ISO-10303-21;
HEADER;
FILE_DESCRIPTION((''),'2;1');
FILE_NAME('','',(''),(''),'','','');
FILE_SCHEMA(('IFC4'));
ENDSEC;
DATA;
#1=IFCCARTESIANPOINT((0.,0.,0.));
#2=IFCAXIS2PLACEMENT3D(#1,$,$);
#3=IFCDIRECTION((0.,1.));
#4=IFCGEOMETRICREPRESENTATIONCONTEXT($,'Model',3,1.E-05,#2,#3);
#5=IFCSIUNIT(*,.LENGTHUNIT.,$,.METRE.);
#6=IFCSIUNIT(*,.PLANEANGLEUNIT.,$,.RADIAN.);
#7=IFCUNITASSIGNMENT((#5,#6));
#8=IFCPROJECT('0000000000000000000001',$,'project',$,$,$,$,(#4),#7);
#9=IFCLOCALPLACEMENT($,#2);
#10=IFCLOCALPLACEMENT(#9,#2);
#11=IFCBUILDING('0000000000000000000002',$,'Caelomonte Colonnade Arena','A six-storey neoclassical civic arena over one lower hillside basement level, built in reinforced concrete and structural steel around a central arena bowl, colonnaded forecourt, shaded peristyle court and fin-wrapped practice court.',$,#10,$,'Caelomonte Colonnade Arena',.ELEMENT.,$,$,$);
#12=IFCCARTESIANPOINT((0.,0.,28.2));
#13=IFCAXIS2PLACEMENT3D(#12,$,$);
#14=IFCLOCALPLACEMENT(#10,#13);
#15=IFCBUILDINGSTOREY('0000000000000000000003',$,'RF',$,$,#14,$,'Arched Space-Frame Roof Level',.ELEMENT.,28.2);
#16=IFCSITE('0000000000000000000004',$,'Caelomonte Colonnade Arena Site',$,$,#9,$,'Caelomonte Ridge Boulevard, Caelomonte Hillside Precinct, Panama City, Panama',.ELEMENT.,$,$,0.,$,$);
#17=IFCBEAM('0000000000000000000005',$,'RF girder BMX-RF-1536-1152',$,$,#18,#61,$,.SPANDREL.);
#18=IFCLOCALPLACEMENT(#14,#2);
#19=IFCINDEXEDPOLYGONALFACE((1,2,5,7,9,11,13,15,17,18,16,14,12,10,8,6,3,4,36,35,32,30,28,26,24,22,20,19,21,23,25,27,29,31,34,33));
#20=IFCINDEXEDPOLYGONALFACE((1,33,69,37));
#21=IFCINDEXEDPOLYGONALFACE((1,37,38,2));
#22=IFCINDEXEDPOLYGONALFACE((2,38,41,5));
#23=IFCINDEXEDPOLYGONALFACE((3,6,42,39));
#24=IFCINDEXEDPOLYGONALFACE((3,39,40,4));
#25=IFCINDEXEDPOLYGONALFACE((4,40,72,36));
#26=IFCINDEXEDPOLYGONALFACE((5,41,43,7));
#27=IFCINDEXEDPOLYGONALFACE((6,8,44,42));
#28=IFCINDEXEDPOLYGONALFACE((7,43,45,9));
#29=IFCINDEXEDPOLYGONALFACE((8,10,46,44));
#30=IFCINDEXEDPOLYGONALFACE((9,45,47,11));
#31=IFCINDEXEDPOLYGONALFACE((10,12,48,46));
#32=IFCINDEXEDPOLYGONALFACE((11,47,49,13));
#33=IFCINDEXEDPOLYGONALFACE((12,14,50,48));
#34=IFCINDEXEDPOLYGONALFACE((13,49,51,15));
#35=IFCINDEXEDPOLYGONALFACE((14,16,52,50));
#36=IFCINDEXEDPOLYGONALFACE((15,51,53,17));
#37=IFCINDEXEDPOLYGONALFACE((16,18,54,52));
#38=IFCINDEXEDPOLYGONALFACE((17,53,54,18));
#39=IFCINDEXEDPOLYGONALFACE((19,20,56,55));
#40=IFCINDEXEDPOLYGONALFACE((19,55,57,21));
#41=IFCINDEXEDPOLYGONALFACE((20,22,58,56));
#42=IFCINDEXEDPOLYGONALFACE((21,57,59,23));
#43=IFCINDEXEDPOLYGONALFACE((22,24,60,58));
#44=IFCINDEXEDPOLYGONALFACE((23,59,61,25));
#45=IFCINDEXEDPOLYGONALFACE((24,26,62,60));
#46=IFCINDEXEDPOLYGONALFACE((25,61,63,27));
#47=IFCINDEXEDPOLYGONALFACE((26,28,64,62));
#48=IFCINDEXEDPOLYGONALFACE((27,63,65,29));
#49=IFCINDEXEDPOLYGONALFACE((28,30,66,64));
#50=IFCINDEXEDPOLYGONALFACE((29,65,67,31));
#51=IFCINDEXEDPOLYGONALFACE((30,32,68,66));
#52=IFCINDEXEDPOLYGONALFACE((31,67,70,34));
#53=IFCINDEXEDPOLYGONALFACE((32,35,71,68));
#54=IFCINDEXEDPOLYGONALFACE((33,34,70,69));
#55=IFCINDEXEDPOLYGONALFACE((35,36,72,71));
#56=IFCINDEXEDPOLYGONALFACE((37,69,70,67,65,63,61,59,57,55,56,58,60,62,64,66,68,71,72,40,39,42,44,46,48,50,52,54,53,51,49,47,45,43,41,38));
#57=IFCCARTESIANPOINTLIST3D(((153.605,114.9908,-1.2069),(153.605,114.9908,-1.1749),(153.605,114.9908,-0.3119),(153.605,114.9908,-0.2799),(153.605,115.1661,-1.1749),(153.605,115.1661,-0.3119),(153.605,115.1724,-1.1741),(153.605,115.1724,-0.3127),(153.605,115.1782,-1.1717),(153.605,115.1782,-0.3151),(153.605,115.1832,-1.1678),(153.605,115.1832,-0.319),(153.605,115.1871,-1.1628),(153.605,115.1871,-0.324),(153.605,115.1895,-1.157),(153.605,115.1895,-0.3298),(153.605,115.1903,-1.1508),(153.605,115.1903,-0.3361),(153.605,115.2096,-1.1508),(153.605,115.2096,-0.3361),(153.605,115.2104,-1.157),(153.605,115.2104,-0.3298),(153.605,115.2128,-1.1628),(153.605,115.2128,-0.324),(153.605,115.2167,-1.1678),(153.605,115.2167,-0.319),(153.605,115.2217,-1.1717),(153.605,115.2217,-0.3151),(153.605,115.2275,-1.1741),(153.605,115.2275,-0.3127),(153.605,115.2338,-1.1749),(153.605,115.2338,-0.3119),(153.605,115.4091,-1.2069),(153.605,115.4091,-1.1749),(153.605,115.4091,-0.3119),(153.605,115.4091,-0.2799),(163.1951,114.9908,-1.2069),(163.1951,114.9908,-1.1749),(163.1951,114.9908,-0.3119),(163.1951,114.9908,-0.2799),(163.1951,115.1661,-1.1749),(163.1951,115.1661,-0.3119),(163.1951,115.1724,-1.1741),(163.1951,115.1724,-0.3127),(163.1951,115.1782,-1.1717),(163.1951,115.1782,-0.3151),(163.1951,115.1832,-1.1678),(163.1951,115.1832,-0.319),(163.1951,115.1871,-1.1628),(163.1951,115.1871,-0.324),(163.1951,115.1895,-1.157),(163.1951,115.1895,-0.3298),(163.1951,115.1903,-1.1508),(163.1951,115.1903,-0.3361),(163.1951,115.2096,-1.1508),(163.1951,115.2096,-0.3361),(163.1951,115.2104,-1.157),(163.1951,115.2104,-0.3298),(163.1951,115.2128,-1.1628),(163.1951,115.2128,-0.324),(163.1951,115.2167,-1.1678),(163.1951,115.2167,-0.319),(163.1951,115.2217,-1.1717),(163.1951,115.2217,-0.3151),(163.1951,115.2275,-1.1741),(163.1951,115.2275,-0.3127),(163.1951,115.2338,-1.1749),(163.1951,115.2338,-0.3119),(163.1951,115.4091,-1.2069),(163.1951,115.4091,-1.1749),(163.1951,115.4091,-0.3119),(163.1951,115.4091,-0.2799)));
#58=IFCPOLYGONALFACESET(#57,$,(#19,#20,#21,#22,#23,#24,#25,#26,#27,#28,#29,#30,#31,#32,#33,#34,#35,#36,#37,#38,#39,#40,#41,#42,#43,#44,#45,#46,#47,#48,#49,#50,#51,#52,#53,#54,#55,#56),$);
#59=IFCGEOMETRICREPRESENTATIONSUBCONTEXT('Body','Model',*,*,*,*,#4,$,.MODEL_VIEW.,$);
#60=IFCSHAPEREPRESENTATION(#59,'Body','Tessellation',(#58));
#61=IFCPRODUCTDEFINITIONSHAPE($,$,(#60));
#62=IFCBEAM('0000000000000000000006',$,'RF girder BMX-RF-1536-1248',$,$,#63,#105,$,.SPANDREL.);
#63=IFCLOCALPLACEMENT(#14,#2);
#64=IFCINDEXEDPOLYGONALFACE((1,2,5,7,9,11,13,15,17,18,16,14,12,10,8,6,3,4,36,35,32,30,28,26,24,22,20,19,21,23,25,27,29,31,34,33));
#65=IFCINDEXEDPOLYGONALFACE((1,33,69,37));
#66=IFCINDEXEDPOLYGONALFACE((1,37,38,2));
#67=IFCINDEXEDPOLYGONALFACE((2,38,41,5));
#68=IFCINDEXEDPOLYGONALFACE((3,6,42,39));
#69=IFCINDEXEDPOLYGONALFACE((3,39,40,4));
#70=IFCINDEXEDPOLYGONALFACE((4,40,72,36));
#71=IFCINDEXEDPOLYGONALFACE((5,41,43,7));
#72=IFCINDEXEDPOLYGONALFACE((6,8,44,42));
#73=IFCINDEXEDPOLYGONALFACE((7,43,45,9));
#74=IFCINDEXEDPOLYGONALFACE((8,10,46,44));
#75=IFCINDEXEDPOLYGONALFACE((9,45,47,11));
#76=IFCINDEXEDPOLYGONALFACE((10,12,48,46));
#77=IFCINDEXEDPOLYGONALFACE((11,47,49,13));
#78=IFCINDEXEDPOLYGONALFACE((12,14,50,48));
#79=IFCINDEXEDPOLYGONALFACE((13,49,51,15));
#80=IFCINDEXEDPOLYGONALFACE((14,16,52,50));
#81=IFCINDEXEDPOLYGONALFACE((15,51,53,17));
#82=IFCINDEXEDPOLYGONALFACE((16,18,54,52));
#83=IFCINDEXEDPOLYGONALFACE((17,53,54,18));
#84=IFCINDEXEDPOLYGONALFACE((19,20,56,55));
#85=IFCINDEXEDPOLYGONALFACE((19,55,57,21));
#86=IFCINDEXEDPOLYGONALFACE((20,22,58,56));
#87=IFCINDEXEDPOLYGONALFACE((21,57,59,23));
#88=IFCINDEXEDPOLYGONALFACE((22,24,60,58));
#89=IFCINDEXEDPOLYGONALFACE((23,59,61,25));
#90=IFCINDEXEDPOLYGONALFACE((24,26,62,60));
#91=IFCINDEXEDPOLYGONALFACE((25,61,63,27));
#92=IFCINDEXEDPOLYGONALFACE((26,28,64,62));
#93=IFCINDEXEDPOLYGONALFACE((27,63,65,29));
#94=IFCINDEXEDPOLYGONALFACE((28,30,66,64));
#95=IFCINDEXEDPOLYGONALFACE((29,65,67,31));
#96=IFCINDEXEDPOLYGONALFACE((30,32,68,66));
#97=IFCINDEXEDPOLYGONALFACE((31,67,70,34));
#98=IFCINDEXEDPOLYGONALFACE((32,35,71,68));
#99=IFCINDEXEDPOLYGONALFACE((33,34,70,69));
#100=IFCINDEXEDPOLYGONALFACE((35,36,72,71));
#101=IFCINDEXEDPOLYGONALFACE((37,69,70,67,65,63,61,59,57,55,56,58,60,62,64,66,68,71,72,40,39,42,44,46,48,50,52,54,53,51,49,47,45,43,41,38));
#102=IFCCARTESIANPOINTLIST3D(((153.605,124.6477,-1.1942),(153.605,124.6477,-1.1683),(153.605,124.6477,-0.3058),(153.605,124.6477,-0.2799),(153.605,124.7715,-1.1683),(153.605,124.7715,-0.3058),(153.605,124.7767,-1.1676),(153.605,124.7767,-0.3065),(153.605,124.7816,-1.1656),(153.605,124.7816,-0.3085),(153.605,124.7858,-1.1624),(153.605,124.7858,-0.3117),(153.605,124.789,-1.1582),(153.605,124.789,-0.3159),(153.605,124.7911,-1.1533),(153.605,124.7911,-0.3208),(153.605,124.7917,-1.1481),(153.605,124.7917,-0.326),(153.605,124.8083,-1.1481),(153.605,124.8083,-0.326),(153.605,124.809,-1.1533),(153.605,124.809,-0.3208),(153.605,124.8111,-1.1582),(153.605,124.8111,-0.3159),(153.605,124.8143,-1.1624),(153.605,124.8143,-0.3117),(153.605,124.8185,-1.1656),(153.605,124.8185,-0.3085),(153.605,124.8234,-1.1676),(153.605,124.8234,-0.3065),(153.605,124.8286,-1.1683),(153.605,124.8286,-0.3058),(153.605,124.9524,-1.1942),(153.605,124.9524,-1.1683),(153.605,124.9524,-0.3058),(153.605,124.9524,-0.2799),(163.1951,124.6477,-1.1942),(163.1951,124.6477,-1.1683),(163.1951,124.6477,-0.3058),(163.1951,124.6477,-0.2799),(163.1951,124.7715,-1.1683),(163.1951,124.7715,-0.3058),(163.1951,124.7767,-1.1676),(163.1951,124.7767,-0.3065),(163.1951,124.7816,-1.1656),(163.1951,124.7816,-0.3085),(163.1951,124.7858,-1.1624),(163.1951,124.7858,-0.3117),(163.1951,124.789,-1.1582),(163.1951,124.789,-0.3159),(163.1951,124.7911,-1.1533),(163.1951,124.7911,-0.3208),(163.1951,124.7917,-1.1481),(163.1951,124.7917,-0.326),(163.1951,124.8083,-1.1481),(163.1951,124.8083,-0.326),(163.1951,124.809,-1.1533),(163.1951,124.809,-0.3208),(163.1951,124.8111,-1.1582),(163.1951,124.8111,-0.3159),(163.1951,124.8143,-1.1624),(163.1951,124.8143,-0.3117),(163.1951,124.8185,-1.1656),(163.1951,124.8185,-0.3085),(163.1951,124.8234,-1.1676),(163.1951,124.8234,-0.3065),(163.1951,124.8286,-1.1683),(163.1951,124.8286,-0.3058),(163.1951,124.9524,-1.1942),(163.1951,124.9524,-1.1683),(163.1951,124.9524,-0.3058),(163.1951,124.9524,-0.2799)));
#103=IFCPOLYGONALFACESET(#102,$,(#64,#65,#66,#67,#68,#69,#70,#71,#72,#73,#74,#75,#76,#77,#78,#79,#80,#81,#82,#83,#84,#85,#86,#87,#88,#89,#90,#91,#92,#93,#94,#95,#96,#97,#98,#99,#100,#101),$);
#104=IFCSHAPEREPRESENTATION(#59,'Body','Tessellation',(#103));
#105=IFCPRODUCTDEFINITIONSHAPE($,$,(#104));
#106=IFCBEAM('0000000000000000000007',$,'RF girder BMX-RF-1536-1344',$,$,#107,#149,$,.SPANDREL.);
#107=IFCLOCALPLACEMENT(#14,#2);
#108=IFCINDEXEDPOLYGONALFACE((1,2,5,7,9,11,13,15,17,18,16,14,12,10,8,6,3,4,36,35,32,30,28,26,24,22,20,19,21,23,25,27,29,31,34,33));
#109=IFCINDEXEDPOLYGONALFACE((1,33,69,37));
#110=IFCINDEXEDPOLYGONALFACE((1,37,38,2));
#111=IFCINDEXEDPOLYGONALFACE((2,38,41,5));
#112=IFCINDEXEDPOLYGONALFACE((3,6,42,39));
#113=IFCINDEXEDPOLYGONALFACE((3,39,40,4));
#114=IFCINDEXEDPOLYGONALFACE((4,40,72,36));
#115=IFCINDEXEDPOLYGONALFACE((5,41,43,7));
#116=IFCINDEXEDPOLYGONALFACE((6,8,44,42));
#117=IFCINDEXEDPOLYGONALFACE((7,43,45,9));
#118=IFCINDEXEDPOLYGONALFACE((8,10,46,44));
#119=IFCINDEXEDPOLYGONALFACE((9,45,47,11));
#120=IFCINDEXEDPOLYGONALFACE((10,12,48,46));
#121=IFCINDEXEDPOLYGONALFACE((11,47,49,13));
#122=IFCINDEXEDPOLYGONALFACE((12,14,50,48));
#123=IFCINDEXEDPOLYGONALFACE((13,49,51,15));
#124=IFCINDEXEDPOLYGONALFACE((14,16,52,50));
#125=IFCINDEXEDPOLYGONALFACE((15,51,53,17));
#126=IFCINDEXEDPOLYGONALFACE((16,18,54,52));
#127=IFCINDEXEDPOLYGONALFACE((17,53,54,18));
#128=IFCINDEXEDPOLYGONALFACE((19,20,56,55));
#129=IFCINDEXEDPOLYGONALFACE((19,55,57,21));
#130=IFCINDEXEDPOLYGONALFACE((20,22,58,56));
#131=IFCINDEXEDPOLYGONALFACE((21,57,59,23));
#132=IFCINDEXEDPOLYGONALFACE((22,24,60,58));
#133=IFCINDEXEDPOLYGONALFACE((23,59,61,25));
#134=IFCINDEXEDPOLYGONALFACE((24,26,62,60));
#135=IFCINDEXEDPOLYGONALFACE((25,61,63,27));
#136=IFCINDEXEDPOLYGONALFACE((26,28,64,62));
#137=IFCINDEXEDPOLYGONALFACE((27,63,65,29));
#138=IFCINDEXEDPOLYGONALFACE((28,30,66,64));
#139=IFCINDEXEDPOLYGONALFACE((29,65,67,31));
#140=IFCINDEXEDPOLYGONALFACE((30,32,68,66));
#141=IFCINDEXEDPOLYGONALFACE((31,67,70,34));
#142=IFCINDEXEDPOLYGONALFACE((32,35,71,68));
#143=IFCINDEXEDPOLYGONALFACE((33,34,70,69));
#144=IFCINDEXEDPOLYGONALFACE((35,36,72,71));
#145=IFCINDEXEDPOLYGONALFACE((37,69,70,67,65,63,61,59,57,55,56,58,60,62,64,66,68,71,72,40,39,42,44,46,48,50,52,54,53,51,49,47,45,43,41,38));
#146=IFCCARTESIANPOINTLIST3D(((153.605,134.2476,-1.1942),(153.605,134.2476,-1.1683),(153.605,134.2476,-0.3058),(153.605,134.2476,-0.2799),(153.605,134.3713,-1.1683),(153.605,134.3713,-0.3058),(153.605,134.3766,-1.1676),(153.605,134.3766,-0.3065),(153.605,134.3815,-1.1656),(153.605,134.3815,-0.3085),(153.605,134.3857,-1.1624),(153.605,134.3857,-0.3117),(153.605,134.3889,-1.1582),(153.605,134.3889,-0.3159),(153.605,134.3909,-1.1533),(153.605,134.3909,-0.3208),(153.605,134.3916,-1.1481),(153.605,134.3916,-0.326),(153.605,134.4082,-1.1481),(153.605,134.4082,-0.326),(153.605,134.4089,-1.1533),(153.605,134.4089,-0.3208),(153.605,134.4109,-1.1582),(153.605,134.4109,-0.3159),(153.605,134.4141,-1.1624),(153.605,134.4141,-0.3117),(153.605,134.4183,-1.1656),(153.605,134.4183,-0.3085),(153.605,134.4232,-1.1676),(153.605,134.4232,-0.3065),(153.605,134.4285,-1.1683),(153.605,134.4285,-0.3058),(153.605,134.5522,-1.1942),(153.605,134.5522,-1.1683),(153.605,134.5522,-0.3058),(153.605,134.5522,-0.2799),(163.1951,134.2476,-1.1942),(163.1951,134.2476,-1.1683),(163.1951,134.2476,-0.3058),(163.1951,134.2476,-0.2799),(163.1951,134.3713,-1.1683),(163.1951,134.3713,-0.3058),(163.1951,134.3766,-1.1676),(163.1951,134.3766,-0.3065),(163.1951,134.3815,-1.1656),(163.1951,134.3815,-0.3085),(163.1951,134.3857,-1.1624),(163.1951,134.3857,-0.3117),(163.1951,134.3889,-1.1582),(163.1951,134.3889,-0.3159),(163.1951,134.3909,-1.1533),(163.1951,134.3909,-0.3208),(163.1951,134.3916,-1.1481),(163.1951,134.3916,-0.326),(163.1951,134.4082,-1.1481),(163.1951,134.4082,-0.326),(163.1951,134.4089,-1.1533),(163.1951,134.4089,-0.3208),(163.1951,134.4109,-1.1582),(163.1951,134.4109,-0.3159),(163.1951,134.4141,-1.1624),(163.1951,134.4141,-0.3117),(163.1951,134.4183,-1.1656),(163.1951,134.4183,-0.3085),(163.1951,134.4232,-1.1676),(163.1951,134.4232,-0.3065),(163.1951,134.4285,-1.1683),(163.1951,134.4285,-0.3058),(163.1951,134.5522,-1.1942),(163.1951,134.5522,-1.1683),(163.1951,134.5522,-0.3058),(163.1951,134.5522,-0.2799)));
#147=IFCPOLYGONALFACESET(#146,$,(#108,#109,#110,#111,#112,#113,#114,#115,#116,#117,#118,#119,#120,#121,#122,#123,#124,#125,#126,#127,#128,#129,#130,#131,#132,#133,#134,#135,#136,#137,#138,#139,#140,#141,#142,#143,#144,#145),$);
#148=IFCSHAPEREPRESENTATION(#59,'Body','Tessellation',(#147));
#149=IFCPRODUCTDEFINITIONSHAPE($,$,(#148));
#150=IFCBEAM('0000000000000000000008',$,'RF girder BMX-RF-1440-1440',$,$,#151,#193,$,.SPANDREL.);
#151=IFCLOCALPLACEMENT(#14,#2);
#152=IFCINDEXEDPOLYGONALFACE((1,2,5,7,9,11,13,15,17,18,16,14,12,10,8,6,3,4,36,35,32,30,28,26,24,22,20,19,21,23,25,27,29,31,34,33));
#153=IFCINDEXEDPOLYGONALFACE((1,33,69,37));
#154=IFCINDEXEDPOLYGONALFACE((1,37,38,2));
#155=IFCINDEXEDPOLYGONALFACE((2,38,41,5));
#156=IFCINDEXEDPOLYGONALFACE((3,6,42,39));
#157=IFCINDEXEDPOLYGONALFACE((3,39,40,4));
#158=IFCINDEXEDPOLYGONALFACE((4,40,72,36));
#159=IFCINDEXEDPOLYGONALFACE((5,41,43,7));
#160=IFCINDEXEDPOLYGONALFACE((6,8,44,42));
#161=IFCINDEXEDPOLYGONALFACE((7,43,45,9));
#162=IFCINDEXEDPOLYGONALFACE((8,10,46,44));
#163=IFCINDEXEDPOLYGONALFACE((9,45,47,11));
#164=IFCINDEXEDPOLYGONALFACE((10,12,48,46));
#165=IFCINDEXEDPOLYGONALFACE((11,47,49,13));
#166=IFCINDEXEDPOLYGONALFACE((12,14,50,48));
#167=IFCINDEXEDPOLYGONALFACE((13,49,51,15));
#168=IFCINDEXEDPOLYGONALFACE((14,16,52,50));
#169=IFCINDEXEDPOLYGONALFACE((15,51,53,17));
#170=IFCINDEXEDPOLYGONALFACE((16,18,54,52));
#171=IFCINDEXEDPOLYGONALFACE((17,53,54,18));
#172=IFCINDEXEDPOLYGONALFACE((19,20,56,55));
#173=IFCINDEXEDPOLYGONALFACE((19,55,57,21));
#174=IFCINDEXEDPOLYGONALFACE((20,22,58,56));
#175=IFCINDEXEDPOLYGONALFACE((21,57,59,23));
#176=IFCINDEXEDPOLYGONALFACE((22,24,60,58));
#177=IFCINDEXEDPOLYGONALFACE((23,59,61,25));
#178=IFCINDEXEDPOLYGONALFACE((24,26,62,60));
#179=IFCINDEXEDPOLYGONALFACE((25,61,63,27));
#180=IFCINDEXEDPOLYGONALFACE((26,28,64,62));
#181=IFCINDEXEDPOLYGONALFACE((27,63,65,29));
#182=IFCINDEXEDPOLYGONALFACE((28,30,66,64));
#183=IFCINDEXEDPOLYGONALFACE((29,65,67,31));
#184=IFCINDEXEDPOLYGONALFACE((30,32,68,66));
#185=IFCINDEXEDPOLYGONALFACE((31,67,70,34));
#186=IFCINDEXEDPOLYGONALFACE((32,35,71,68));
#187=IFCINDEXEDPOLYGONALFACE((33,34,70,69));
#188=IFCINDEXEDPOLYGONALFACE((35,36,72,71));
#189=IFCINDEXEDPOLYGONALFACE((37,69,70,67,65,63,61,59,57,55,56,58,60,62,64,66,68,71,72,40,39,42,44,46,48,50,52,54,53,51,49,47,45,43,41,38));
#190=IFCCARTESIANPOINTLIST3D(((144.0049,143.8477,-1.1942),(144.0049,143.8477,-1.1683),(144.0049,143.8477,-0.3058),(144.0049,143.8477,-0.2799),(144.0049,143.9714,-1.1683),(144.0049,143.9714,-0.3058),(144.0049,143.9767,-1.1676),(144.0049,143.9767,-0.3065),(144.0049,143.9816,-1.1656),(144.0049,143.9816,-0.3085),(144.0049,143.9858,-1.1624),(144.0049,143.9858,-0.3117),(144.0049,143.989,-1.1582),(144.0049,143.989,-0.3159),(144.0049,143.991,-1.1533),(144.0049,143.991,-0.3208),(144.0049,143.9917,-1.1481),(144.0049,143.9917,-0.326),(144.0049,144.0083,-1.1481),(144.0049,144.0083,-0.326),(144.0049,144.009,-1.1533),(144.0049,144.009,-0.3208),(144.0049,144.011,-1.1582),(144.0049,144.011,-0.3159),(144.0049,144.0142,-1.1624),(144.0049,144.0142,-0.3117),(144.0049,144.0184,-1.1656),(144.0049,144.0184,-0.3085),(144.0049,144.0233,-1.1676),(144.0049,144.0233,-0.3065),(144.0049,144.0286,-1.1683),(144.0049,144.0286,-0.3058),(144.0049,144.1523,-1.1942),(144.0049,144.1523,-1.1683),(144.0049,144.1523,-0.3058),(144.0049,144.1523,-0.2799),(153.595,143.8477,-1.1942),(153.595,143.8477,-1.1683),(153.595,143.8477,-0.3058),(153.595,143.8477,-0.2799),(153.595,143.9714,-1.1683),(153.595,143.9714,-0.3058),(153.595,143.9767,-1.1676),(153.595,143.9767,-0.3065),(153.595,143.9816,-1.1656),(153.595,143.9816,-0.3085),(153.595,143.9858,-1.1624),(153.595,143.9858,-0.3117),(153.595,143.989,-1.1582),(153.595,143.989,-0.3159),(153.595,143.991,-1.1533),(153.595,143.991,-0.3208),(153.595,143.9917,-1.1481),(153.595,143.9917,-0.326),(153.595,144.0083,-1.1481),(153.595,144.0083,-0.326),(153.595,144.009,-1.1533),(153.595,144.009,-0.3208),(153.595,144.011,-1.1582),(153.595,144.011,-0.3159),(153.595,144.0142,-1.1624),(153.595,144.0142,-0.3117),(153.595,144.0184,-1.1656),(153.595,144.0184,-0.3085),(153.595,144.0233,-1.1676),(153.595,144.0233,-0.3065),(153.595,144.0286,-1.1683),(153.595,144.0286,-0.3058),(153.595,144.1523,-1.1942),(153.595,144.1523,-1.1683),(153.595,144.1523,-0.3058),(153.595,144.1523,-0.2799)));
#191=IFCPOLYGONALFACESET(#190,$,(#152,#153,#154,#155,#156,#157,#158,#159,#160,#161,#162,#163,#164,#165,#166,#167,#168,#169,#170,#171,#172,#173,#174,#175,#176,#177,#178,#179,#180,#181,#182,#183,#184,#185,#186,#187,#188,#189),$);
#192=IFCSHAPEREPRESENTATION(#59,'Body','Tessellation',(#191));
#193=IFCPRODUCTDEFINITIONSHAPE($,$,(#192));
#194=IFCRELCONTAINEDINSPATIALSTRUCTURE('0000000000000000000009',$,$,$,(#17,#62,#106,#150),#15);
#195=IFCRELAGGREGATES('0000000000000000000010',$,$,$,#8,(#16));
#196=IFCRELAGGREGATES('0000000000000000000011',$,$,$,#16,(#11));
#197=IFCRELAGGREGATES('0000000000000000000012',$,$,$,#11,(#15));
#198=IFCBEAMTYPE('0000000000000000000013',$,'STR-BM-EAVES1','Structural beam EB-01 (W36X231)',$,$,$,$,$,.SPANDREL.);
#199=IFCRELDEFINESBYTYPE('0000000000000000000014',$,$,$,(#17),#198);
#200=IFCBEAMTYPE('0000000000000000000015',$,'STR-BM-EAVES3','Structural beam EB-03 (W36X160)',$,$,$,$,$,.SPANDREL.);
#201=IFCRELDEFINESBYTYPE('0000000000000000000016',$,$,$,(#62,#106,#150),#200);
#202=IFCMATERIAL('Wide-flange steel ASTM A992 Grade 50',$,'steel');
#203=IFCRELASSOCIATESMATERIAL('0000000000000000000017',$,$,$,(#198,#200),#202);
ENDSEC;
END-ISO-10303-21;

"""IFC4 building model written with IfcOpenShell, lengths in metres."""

from ifc_helpers import new_model, si_unit, direction, frame, origin, origin_2d, place, context, subcontext, project, spatial, i_section, extrude, material, material_profile, profile_set, type_object, element, save


model = new_model("IFC4")

# Units and contexts
model_context = context("Model", 3, precision=1e-05, world=origin(), true_north=direction((0.0, 1.0)))
body_context = subcontext(model_context, "Body", "Model", "MODEL_VIEW")
ifc_project = project(units=[si_unit("LENGTHUNIT", "METRE"), si_unit("PLANEANGLEUNIT", "RADIAN")], contexts=[model_context])

# Site, building, storey
site_placement = place(None, origin())
site = spatial("IfcSite", under=ifc_project, at=site_placement, Name="Caelomonte Colonnade Arena Site", LongName="Caelomonte Ridge Boulevard, Caelomonte Hillside Precinct, Panama City, Panama", CompositionType="ELEMENT", RefElevation=0.0)
building_placement = place(site_placement, origin())
building = spatial("IfcBuilding", under=site, at=building_placement, Name="Caelomonte Colonnade Arena", Description="A six-storey neoclassical civic arena over one lower hillside basement level, built in reinforced concrete and structural steel around a central arena bowl, colonnaded forecourt, shaded peristyle court and fin-wrapped practice court.", LongName="Caelomonte Colonnade Arena", CompositionType="ELEMENT")
storey_placement = place(building_placement, frame((0.0, 0.0, 28.2)))
storey = spatial("IfcBuildingStorey", under=building, at=storey_placement, Name="RF", LongName="Arched Space-Frame Roof Level", CompositionType="ELEMENT", Elevation=28.2)

# Beams
ifc_material_1 = material(Name="Wide-flange steel ASTM A992 Grade 50", Category="steel")
ifc_material_profile_1 = material_profile(ifc_material_1, i_section(OverallWidth=0.4182, OverallDepth=0.927, WebThickness=0.0193, FlangeThickness=0.032, FilletRadius=0.0242, at=origin_2d()), Name="W36X231")
ifc_profile_set_1 = profile_set([ifc_material_profile_1], Name="Wide-flange steel ASTM A992 Grade 50")
beam_type_1 = type_object("IfcBeamType", Name="STR-BM-EAVES1", Description="Structural beam EB-01 (W36X231)", PredefinedType="SPANDREL", material=ifc_profile_set_1)
beam_1_placement = place(storey_placement, frame((153.605, 115.2, -0.7434), z_axis=(1.0, 0.0, 0.0), x_axis=(0.0, 1.0, 0.0)))
element("IfcBeam", 1, at=beam_1_placement, inside=storey, type_object=beam_type_1, Name="RF girder BMX-RF-1536-1152", PredefinedType="SPANDREL", context=body_context, shape_type="SweptSolid", body=[
    extrude(i_section(OverallWidth=0.4182, OverallDepth=0.927, WebThickness=0.0193, FlangeThickness=0.032, FilletRadius=0.0242, at=origin_2d()), origin(), (0.0, 0.0, 1.0), 9.5901),
])
ifc_material_profile_2 = material_profile(ifc_material_1, i_section(OverallWidth=0.3047, OverallDepth=0.9143, WebThickness=0.0166, FlangeThickness=0.0259, FilletRadius=0.0203, at=origin_2d()), Name="W36X160")
ifc_profile_set_2 = profile_set([ifc_material_profile_2], Name="Wide-flange steel ASTM A992 Grade 50")
beam_type_2 = type_object("IfcBeamType", Name="STR-BM-EAVES3", Description="Structural beam EB-03 (W36X160)", PredefinedType="SPANDREL", material=ifc_profile_set_2)
for number, where, z_axis, x_axis, name in (
    (2, (153.605, 124.8, -0.7371), (1.0, 0.0, 0.0), (0.0, 1.0, 0.0), "RF girder BMX-RF-1536-1248"),
    (3, (153.605, 134.3999, -0.7371), (1.0, 0.0, 0.0), (0.0, 1.0, 0.0), "RF girder BMX-RF-1536-1344"),
    (4, (144.0049, 144.0, -0.7371), (1.0, 0.0, 0.0), (0.0, 1.0, 0.0), "RF girder BMX-RF-1440-1440"),
):
    element("IfcBeam", number, at=place(storey_placement, frame(where, z_axis=z_axis, x_axis=x_axis)), inside=storey, type_object=beam_type_2, Name=name, PredefinedType="SPANDREL", context=body_context, shape_type="SweptSolid", body=[
        extrude(i_section(OverallWidth=0.3047, OverallDepth=0.9143, WebThickness=0.0166, FlangeThickness=0.0259, FilletRadius=0.0203, at=origin_2d()), origin(), (0.0, 0.0, 1.0), 9.5901),
    ])

save(model, "model.ifc")
